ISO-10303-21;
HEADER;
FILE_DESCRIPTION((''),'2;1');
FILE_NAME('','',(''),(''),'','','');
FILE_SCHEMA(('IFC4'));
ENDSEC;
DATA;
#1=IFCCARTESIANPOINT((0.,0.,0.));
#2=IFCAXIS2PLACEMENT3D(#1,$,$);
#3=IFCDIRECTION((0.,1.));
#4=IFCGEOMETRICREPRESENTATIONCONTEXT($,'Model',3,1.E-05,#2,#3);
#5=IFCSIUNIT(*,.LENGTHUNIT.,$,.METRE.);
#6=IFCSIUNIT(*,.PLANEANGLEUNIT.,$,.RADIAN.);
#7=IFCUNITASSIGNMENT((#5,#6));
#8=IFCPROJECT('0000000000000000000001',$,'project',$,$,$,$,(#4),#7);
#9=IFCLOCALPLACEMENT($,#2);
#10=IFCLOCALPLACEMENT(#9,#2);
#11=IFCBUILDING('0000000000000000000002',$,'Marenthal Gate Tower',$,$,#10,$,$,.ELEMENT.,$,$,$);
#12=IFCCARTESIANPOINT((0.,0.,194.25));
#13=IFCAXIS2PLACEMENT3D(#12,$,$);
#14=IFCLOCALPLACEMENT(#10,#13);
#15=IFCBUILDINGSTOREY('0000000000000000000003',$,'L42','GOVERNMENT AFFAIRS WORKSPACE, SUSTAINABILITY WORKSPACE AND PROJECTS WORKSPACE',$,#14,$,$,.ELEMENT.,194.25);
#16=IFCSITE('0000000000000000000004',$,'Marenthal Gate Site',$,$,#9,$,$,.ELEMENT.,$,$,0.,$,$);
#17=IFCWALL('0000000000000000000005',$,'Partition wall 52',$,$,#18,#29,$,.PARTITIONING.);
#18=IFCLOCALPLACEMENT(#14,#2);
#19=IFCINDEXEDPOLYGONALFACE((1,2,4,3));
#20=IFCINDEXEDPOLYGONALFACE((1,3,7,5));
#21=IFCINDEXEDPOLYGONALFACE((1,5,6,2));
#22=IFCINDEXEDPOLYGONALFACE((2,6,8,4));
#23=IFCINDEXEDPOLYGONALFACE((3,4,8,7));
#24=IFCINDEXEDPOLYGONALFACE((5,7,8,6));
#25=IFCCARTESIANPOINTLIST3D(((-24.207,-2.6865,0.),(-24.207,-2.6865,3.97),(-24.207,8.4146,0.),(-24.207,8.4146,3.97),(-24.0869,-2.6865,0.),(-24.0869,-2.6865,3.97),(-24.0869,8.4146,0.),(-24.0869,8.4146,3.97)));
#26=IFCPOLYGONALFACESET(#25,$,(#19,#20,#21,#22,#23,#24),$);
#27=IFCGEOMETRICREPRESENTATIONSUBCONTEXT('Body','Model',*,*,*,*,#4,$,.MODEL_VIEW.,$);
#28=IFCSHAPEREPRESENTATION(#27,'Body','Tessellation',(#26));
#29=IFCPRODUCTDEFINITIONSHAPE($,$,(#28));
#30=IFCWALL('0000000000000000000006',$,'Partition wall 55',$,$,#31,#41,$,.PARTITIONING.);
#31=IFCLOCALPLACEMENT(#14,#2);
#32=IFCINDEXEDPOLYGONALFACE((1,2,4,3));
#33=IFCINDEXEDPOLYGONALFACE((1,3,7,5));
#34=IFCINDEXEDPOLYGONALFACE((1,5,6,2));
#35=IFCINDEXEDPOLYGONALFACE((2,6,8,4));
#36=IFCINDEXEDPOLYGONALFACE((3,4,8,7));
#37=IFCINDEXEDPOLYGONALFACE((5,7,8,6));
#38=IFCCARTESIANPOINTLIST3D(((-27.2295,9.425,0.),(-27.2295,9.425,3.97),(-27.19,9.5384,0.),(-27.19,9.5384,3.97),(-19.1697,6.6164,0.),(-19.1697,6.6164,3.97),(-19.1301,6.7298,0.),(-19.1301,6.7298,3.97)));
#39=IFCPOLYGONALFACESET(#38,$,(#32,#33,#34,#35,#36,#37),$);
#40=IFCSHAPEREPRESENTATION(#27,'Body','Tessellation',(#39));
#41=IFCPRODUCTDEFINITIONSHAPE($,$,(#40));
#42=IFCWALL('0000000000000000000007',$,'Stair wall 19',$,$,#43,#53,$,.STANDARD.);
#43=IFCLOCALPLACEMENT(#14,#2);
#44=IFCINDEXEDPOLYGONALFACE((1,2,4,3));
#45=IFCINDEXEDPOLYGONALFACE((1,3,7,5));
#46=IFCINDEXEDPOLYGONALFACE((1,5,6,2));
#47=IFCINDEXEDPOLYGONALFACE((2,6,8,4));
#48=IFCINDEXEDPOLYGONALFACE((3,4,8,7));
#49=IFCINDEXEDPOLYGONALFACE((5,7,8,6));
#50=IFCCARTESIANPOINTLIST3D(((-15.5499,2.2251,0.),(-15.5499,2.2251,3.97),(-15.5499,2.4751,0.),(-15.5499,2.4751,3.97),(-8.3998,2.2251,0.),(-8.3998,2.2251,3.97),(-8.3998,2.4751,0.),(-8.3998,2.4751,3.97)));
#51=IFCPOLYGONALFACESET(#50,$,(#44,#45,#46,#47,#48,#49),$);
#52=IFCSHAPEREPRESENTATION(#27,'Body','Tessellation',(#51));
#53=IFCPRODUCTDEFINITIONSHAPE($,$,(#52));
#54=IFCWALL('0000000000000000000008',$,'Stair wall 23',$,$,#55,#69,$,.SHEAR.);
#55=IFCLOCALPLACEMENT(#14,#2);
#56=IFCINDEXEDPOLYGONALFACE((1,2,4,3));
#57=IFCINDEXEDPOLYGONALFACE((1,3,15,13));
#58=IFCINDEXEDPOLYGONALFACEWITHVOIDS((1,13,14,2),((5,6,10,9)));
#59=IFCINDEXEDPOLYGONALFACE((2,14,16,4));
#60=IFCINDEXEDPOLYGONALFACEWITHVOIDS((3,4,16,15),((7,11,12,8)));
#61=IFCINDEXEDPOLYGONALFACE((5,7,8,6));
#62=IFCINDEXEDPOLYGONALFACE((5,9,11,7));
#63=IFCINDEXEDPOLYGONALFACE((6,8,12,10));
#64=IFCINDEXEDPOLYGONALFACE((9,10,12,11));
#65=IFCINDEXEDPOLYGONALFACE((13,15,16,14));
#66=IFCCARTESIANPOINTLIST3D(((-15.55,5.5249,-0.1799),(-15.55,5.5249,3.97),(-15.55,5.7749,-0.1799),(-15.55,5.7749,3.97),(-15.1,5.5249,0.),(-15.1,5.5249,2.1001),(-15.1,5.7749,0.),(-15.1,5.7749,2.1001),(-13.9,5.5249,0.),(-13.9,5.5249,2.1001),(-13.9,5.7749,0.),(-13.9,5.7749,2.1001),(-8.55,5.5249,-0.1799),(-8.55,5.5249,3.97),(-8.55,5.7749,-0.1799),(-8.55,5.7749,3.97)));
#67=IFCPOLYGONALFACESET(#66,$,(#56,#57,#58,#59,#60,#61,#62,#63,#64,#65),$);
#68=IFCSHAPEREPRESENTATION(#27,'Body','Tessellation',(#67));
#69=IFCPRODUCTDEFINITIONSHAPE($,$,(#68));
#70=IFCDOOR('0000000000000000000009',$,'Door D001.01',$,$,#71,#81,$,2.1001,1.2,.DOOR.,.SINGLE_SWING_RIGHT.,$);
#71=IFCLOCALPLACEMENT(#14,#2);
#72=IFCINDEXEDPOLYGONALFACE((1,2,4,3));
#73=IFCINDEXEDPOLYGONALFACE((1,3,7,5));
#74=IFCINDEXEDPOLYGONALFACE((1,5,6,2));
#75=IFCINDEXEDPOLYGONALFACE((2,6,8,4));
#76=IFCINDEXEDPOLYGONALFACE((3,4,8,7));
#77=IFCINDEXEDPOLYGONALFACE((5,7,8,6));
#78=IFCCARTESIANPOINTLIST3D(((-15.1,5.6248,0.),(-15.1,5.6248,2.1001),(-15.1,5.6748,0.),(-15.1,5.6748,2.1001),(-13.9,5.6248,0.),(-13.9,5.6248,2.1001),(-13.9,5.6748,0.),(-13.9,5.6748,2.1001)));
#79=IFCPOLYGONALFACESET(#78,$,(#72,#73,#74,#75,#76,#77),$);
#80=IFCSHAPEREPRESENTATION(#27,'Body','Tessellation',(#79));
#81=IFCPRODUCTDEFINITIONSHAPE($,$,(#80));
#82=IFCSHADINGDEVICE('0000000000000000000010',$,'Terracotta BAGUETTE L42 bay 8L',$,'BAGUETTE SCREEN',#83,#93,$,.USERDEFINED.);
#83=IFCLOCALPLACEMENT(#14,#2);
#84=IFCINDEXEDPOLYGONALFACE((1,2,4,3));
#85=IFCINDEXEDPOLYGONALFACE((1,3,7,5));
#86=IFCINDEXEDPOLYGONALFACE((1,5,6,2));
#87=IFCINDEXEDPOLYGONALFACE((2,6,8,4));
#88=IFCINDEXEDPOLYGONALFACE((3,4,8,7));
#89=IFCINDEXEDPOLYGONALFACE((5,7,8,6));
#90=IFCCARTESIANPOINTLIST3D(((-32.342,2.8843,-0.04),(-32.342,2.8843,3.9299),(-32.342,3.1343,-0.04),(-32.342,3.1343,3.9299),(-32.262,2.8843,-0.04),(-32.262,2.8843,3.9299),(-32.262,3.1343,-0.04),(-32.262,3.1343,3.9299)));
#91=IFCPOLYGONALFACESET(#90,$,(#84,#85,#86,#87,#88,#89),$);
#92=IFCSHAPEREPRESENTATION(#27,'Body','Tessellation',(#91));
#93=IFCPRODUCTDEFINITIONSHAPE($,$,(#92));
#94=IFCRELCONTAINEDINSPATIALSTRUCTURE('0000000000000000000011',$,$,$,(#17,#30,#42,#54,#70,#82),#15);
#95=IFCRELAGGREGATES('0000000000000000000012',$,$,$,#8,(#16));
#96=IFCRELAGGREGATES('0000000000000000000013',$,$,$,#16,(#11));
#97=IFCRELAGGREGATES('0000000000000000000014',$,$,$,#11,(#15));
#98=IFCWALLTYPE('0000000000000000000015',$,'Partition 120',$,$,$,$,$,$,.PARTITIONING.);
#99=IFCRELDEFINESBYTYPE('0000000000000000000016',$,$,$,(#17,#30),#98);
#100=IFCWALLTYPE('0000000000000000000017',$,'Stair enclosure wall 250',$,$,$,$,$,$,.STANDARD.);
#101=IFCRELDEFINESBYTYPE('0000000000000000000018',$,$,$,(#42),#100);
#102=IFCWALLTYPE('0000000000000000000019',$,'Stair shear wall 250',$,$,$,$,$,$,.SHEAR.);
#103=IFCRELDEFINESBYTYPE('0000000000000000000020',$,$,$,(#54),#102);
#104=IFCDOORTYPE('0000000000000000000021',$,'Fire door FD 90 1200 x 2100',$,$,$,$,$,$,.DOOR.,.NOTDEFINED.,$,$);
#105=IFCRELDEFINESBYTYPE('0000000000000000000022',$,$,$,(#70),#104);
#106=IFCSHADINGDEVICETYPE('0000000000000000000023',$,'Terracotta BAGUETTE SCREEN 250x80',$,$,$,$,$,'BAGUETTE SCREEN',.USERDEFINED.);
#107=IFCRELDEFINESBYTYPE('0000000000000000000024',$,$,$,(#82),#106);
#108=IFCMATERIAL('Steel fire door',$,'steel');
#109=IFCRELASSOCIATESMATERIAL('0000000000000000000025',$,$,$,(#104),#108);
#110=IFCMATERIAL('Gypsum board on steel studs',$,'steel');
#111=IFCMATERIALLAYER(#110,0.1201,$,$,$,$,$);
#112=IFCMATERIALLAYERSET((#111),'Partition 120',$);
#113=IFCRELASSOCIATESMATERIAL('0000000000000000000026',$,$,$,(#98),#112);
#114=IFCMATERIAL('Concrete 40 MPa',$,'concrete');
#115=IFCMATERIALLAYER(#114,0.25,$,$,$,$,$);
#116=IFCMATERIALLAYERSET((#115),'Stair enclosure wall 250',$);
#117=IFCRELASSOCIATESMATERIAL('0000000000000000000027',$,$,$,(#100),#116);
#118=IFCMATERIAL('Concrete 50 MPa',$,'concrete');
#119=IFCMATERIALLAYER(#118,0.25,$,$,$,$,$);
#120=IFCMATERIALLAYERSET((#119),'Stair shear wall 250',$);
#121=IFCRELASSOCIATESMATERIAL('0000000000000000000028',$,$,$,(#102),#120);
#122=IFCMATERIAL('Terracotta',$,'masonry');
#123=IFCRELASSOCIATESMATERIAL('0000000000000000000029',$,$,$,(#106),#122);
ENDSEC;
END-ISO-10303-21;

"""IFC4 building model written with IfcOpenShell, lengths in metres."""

from ifc_helpers import new_model, si_unit, direction, frame, frame_2d, origin, origin_2d, place, context, subcontext, project, spatial, rectangle, extrude, material, layer, layer_set, material_profile, profile_set, type_object, element, fill, save


model = new_model("IFC4")

# Units and contexts
model_context = context("Model", 3, precision=1e-05, world=origin(), true_north=direction((0.0, 1.0)))
body_context = subcontext(model_context, "Body", "Model", "MODEL_VIEW")
ifc_project = project(units=[si_unit("LENGTHUNIT", "METRE"), si_unit("PLANEANGLEUNIT", "RADIAN")], contexts=[model_context])

# Site, building, storey
site_placement = place(None, origin())
site = spatial("IfcSite", under=ifc_project, at=site_placement, Name="Marenthal Gate Site", CompositionType="ELEMENT", RefElevation=0.0)
building_placement = place(site_placement, origin())
building = spatial("IfcBuilding", under=site, at=building_placement, Name="Marenthal Gate Tower", CompositionType="ELEMENT")
storey_placement = place(building_placement, frame((0.0, 0.0, 194.25)))
storey = spatial("IfcBuildingStorey", under=building, at=storey_placement, Name="L42", Description="GOVERNMENT AFFAIRS WORKSPACE, SUSTAINABILITY WORKSPACE AND PROJECTS WORKSPACE", CompositionType="ELEMENT", Elevation=194.25)

# Shared definitions
ifc_material_1 = material(Name="Steel fire door", Category="steel")
door_type_1 = type_object("IfcDoorType", Name="Fire door FD 90 1200 x 2100", OperationType="NOTDEFINED", PredefinedType="DOOR", material=ifc_material_1)

# Walls
ifc_material_2 = material(Name="Gypsum board on steel studs", Category="steel")
ifc_layer_1 = layer(ifc_material_2, 0.1201)
ifc_layer_set_1 = layer_set([ifc_layer_1], Name="Partition 120")
wall_type_1 = type_object("IfcWallType", Name="Partition 120", PredefinedType="PARTITIONING", material=ifc_layer_set_1)
wall_1_placement = place(storey_placement, frame((-24.147, 8.4146, 0.0), z_axis=(0.0, 0.0, 1.0), x_axis=(0.0, -1.0, 0.0)))
element("IfcWall", 1, at=wall_1_placement, inside=storey, type_object=wall_type_1, Name="Partition wall 52", PredefinedType="PARTITIONING", context=body_context, shape_type="SweptSolid", body=[
    extrude(rectangle(XDim=11.1011, YDim=0.1201, at=frame_2d((5.5505, 0.0))), origin(), (0.0, 0.0, 1.0), 3.97),
])
wall_2_placement = place(storey_placement, frame((-19.1499, 6.6731, 0.0), z_axis=(0.0, 0.0, 1.0), x_axis=(-0.944308, 0.329062, 0.0)))
element("IfcWall", 2, at=wall_2_placement, inside=storey, type_object=wall_type_1, Name="Partition wall 55", PredefinedType="PARTITIONING", context=body_context, shape_type="SweptSolid", body=[
    extrude(rectangle(XDim=8.5352, YDim=0.1201, at=frame_2d((4.2676, 0.0))), origin(), (0.0, 0.0, 1.0), 3.97),
])
ifc_material_3 = material(Name="Concrete 40 MPa", Category="concrete")
ifc_layer_2 = layer(ifc_material_3, 0.25)
ifc_layer_set_2 = layer_set([ifc_layer_2], Name="Stair enclosure wall 250")
wall_type_2 = type_object("IfcWallType", Name="Stair enclosure wall 250", PredefinedType="STANDARD", material=ifc_layer_set_2)
wall_3_placement = place(storey_placement, frame((-15.55, 2.3501, 0.0), z_axis=(0.0, 0.0, 1.0), x_axis=(1.0, 0.0, 0.0)))
element("IfcWall", 3, at=wall_3_placement, inside=storey, type_object=wall_type_2, Name="Stair wall 19", PredefinedType="STANDARD", context=body_context, shape_type="SweptSolid", body=[
    extrude(rectangle(XDim=7.1501, YDim=0.25, at=frame_2d((3.5752, 0.0))), origin(), (0.0, 0.0, 1.0), 3.97),
])

# Wall, opening, door
ifc_material_4 = material(Name="Concrete 50 MPa", Category="concrete")
ifc_layer_3 = layer(ifc_material_4, 0.25)
ifc_layer_set_3 = layer_set([ifc_layer_3], Name="Stair shear wall 250")
wall_type_3 = type_object("IfcWallType", Name="Stair shear wall 250", PredefinedType="SHEAR", material=ifc_layer_set_3)
wall_4_placement = place(storey_placement, frame((-15.55, 5.6499, -0.1799), z_axis=(0.0, 0.0, 1.0), x_axis=(1.0, 0.0, 0.0)))
wall_4 = element("IfcWall", 4, at=wall_4_placement, inside=storey, type_object=wall_type_3, Name="Stair wall 23", PredefinedType="SHEAR", context=body_context, shape_type="SweptSolid", body=[
    extrude(rectangle(XDim=7.0, YDim=0.25, at=frame_2d((3.5, 0.0))), origin(), (0.0, 0.0, 1.0), 4.1499),
])
opening_1_placement = place(wall_4_placement, frame((0.45, 0.0, 0.1799)))
opening_1 = element("IfcOpeningElement", 5, at=opening_1_placement, cuts=wall_4, PredefinedType="OPENING", context=body_context, shape_type="SweptSolid", body=[
    extrude(rectangle(XDim=1.2, YDim=2.1001, at=frame_2d((0.6001, 1.05))), frame((0.0, 0.135, 0.0), z_axis=(0.0, -1.0, 0.0), x_axis=(1.0, 0.0, 0.0)), (0.0, 0.0, 1.0), 0.27),
])
door_1_placement = place(opening_1_placement, origin())
door_1 = element("IfcDoor", 6, at=door_1_placement, inside=storey, type_object=door_type_1, Name="Door D001.01", OperationType="SINGLE_SWING_RIGHT", OverallHeight=2.1001, OverallWidth=1.2, PredefinedType="DOOR", context=body_context, shape_type="SweptSolid", body=[
    extrude(rectangle(XDim=1.2, YDim=2.1001, at=frame_2d((0.6001, 1.05))), frame((0.0, 0.0249, 0.0), z_axis=(0.0, -1.0, 0.0), x_axis=(1.0, 0.0, 0.0)), (0.0, 0.0, 1.0), 0.05),
])
fill(opening_1, door_1)

# Shading device
ifc_material_5 = material(Name="Terracotta", Category="masonry")
ifc_material_profile_1 = material_profile(ifc_material_5, rectangle(XDim=0.25, YDim=0.0801, at=origin_2d()), Name="Terracotta baguette 250x80")
ifc_profile_set_1 = profile_set([ifc_material_profile_1], Name="Terracotta")
shading_device_type = type_object("IfcShadingDeviceType", Name="Terracotta BAGUETTE SCREEN 250x80", ElementType="BAGUETTE SCREEN", PredefinedType="USERDEFINED", material=ifc_profile_set_1)
shading_device_placement = place(storey_placement, frame((-32.302, 3.0093, -0.04), z_axis=(0.0, 0.0, 1.0), x_axis=(0.0, -1.0, 0.0)))
element("IfcShadingDevice", 7, at=shading_device_placement, inside=storey, type_object=shading_device_type, Name="Terracotta BAGUETTE L42 bay 8L", ObjectType="BAGUETTE SCREEN", PredefinedType="USERDEFINED", context=body_context, shape_type="SweptSolid", body=[
    extrude(rectangle(XDim=0.25, YDim=0.0801, at=origin_2d()), origin(), (0.0, 0.0, 1.0), 3.97),
])

save(model, "model.ifc")
